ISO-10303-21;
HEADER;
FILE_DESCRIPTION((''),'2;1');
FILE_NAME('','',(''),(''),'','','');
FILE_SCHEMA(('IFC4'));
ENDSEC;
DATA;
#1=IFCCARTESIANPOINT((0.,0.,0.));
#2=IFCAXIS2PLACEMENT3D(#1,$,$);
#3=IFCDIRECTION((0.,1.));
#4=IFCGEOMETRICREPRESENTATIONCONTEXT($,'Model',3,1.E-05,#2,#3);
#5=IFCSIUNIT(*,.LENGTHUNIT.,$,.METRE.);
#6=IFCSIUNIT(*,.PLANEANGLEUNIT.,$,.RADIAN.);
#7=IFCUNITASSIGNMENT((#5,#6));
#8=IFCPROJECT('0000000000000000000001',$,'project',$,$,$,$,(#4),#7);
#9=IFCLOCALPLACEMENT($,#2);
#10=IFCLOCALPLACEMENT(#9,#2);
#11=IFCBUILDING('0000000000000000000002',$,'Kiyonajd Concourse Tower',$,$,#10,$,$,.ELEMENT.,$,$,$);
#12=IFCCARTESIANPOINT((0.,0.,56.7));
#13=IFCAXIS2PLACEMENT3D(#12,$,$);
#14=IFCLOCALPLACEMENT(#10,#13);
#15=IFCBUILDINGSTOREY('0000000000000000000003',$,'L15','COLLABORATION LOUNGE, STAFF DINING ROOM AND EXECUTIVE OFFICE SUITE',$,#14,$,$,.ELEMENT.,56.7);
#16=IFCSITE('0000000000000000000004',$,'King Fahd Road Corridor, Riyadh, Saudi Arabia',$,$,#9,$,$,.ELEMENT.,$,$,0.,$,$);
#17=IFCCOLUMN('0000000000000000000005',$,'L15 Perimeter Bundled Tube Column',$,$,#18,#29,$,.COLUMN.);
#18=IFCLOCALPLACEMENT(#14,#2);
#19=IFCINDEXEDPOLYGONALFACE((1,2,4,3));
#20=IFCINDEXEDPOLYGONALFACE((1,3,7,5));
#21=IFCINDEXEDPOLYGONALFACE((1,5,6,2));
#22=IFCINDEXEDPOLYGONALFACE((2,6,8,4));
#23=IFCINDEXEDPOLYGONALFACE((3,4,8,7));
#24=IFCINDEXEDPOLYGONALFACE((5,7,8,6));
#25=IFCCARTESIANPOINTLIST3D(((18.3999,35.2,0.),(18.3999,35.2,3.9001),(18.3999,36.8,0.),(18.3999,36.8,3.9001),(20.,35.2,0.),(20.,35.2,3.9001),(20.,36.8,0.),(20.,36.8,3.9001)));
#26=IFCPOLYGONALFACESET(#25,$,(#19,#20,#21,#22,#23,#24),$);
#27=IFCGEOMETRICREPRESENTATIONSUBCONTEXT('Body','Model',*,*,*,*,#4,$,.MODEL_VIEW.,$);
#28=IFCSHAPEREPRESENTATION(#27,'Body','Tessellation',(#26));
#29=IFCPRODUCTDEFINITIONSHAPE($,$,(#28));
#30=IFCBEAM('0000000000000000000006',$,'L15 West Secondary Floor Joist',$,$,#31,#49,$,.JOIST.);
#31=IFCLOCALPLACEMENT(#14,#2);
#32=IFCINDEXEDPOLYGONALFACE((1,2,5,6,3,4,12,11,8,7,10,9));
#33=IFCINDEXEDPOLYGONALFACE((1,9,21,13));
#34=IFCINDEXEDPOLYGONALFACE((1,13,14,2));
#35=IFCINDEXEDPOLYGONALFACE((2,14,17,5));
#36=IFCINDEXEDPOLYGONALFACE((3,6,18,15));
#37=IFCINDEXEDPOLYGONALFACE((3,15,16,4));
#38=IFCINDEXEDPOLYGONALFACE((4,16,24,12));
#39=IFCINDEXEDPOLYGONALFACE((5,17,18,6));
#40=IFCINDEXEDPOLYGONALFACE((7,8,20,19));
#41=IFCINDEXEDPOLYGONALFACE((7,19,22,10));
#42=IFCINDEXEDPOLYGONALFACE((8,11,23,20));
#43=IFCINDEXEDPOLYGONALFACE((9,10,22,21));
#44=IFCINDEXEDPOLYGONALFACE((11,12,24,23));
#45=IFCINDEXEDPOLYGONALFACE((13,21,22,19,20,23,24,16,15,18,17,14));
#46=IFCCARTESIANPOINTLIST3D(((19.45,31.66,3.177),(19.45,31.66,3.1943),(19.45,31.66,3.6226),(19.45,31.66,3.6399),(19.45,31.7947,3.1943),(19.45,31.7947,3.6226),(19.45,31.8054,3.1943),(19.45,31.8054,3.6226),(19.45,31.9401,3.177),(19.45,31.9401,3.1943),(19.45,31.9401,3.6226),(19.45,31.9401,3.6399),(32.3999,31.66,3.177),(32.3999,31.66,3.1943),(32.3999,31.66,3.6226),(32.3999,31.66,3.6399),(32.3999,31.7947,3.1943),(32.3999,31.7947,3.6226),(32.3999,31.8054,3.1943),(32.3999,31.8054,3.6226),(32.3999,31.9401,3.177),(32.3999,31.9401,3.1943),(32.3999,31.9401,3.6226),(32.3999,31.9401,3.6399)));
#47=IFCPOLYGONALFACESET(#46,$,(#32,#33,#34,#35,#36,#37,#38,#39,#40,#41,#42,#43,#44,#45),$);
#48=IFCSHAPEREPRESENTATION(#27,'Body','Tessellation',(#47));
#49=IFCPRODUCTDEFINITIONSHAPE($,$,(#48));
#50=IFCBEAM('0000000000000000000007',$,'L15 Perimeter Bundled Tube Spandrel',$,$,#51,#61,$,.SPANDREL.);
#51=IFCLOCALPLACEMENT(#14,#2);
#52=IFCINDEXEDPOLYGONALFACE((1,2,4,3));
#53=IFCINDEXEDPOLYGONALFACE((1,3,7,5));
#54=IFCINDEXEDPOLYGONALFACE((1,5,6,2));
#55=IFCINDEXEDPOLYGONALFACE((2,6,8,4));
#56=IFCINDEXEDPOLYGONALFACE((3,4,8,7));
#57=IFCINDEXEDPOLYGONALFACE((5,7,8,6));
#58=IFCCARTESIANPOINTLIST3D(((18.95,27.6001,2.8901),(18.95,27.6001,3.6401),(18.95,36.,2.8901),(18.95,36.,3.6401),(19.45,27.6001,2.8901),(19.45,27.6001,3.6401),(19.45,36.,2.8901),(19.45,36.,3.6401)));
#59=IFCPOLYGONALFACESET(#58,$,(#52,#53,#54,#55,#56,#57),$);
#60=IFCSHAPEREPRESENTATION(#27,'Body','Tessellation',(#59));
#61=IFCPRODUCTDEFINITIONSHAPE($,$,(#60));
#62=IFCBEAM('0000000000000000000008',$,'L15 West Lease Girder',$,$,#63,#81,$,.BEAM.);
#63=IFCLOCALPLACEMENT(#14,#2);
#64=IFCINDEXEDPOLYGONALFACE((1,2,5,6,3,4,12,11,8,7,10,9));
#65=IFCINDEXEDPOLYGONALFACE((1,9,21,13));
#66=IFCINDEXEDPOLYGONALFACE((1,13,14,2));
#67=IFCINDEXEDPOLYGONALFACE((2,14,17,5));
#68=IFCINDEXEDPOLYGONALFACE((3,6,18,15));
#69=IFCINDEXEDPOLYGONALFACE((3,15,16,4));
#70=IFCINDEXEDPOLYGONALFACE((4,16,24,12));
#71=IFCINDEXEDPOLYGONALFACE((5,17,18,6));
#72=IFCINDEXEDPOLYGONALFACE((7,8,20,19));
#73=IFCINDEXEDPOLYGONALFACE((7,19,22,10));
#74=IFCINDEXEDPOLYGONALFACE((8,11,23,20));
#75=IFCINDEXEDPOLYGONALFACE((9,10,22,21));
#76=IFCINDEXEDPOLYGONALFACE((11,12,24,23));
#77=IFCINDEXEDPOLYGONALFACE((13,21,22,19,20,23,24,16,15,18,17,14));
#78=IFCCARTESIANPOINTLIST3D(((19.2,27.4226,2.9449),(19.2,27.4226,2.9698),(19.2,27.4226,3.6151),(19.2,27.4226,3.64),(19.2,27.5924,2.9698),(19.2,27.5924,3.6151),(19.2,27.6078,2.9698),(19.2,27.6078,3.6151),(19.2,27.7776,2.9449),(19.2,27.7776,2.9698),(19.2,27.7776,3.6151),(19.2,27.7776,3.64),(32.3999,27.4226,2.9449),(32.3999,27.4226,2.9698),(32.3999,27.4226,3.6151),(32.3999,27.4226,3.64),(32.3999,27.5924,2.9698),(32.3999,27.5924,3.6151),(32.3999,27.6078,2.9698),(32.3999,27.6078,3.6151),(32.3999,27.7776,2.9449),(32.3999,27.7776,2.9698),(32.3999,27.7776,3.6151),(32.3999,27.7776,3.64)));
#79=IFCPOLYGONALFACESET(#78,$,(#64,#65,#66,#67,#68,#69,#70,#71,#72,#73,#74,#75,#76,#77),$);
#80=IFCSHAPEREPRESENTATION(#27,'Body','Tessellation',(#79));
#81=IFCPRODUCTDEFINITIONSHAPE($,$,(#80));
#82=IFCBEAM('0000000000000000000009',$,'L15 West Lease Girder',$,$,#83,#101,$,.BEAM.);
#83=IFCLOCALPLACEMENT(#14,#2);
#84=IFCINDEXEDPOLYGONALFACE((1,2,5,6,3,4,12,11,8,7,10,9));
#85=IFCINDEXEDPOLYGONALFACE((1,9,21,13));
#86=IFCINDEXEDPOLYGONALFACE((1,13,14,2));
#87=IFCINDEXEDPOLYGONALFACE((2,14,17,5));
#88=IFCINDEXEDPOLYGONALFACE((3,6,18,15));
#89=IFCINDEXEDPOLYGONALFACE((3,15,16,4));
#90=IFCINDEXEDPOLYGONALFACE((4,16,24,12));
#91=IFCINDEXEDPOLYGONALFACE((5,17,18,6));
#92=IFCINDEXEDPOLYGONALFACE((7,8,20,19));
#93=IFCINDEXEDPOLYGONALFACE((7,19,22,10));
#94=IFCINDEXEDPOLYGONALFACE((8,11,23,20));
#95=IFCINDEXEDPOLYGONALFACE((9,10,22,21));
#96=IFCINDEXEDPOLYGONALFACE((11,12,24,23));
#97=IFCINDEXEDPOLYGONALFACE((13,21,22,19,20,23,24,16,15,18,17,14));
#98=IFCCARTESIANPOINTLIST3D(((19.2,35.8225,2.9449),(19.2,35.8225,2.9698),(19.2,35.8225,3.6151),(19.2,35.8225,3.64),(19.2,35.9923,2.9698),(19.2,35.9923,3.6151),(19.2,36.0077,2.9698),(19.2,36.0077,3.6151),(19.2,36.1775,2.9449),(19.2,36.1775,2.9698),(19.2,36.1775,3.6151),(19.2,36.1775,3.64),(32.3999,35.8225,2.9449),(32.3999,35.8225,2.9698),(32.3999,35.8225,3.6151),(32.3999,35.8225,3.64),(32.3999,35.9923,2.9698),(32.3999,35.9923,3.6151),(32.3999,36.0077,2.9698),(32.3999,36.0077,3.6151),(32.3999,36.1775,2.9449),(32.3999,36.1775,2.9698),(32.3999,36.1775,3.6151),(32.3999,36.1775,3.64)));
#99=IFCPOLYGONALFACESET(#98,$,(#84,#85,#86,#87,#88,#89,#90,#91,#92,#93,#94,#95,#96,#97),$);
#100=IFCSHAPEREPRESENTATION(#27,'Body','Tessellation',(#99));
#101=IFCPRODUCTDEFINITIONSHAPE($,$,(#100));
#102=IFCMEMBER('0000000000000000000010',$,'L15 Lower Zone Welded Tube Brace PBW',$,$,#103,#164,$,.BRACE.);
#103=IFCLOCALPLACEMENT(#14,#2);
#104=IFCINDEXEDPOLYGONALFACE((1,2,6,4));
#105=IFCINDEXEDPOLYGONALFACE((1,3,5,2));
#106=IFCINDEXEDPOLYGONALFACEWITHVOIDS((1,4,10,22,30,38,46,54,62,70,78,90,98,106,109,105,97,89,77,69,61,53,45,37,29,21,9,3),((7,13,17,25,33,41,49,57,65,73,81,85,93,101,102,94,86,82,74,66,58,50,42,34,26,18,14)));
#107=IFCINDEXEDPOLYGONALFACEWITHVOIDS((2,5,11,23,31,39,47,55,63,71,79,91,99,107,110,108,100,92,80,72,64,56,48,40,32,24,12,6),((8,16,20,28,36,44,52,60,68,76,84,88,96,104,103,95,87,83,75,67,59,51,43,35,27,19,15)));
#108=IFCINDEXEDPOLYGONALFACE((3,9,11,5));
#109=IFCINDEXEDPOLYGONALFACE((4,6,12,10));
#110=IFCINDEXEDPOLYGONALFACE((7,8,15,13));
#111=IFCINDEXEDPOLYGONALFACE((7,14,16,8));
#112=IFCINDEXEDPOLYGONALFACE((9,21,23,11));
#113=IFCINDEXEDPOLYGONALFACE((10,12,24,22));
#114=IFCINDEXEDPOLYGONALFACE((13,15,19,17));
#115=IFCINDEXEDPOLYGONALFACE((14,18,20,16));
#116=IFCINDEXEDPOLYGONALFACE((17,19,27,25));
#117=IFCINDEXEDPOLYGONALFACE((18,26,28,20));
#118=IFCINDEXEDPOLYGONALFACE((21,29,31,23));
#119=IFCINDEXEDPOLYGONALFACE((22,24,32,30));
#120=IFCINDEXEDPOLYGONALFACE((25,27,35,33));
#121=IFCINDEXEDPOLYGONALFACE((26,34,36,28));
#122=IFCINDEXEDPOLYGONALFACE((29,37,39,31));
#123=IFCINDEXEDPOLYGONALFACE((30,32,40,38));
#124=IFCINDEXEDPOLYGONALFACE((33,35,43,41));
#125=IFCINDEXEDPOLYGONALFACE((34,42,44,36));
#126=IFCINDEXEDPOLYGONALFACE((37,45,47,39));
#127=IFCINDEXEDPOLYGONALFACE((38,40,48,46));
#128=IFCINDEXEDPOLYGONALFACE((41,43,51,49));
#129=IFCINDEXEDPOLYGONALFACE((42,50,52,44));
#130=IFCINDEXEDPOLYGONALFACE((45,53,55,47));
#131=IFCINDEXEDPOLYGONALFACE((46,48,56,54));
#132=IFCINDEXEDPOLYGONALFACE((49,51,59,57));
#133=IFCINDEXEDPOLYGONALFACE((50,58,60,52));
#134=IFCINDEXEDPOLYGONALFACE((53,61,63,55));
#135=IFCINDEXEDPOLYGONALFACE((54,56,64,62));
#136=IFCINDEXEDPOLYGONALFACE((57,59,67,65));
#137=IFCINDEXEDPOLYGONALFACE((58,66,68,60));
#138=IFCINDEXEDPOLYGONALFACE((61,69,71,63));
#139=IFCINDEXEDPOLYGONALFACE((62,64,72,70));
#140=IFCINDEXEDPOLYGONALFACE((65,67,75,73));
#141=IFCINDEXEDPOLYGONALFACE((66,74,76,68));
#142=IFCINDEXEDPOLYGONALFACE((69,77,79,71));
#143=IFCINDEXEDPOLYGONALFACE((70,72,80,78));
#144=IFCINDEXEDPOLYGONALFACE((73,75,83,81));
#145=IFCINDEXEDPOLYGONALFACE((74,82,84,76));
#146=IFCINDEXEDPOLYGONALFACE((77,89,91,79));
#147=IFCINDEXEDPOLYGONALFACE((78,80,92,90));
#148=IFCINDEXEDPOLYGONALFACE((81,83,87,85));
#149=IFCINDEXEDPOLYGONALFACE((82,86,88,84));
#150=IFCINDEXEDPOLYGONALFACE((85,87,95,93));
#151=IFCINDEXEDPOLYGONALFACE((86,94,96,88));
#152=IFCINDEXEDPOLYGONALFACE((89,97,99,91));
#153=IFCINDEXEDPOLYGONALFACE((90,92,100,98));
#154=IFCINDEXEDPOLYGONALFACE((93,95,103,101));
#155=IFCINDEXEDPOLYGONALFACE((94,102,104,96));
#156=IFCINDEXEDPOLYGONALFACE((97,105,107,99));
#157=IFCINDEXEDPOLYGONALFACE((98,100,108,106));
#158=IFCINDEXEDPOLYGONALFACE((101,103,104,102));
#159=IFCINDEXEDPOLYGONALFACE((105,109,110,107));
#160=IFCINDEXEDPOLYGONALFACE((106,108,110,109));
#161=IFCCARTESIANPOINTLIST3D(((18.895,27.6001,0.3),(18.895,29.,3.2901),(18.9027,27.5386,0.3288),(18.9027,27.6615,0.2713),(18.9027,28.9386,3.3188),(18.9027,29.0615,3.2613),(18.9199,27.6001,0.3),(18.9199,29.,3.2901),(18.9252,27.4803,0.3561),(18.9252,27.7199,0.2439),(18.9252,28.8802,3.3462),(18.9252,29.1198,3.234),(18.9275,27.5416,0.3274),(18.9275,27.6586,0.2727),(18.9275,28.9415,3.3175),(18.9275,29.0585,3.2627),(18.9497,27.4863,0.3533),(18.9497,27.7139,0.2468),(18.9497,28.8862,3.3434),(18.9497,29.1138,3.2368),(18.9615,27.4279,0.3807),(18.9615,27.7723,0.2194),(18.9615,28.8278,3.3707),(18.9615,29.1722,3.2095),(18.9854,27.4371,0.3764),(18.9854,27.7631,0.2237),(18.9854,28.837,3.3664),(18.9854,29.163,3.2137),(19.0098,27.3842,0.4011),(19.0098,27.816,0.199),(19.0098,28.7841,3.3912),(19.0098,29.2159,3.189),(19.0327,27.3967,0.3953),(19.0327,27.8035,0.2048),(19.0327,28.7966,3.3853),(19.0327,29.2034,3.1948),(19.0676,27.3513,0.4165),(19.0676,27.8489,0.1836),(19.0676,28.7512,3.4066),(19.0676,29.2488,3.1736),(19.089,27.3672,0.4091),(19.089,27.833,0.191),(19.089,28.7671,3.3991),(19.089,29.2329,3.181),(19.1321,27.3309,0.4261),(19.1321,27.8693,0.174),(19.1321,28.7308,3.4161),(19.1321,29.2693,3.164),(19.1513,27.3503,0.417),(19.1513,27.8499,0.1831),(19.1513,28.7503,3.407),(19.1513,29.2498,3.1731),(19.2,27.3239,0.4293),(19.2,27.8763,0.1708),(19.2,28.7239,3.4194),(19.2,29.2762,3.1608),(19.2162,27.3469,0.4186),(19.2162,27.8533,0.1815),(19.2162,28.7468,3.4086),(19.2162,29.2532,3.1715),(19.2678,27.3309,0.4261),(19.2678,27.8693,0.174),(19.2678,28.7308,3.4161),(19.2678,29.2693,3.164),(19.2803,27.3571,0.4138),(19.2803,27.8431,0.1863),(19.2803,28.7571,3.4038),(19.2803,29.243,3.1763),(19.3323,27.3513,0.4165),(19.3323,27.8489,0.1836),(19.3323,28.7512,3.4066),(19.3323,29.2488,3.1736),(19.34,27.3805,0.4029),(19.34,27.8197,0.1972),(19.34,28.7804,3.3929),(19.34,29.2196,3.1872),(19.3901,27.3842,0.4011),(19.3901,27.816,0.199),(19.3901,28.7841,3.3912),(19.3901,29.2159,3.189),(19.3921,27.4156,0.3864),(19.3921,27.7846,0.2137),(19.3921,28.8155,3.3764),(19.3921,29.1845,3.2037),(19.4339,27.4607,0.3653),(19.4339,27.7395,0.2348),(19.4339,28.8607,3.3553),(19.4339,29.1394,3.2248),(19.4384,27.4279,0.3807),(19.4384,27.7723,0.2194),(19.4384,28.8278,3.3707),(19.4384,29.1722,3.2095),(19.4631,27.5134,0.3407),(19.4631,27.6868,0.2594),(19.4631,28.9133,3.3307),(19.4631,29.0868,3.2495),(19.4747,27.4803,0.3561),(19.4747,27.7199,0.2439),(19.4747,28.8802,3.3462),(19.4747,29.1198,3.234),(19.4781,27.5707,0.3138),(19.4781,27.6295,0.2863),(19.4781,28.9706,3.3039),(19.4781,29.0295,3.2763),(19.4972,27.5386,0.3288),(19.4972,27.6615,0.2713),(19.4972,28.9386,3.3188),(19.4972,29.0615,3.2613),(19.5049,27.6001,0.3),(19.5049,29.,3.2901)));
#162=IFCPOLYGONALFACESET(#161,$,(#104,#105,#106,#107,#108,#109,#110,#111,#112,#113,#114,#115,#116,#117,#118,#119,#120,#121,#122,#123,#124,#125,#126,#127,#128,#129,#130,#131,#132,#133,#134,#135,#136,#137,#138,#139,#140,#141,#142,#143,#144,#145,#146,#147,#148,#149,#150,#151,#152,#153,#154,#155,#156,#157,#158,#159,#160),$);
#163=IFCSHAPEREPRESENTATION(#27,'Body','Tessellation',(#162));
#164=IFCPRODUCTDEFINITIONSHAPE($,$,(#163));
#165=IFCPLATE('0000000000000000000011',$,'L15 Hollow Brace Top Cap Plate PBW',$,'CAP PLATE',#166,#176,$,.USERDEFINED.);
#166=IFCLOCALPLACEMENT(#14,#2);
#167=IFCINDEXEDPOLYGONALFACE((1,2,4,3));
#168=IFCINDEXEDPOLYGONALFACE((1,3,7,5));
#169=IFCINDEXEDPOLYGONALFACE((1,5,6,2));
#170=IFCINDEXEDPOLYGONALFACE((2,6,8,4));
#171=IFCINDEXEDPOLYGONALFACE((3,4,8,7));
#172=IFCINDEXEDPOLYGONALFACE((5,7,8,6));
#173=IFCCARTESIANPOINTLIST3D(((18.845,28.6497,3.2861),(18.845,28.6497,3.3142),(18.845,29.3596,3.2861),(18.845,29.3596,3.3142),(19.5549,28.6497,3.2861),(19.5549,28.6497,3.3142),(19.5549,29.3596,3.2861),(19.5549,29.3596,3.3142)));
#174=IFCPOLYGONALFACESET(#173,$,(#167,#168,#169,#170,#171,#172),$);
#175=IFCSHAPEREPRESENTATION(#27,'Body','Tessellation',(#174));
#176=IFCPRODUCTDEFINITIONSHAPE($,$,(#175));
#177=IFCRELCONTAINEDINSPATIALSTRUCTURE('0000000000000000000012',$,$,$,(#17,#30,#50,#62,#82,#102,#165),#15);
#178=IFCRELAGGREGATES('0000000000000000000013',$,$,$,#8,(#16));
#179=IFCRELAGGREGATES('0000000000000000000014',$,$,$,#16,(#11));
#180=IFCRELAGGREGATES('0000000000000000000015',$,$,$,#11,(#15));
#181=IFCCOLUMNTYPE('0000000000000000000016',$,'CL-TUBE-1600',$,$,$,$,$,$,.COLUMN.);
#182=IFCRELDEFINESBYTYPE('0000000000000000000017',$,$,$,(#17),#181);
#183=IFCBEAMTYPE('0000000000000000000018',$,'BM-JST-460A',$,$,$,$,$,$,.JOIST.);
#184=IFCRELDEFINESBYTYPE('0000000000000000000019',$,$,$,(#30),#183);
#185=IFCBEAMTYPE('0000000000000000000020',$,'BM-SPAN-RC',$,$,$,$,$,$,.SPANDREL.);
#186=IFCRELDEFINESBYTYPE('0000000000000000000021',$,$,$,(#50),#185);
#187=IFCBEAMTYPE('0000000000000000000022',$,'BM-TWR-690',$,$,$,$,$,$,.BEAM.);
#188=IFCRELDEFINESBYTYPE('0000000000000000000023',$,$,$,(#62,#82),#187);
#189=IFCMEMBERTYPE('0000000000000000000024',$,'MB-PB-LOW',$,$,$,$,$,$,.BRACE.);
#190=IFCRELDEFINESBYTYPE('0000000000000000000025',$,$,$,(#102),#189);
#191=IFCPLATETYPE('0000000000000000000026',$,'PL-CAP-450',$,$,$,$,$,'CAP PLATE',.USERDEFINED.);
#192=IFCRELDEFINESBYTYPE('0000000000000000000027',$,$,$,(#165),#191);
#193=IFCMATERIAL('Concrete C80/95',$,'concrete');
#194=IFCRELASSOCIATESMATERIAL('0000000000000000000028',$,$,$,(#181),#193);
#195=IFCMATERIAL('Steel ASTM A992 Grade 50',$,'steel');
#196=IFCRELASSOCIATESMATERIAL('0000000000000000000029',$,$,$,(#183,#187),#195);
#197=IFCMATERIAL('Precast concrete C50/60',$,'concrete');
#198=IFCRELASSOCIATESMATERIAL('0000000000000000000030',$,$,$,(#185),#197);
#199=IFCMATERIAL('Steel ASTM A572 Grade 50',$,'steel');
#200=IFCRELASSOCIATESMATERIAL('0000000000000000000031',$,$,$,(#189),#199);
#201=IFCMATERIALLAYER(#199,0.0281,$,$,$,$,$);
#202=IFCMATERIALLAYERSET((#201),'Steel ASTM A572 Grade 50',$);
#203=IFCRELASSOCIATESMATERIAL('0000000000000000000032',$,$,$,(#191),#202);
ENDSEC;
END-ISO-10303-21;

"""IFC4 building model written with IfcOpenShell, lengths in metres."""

from ifc_helpers import new_model, si_unit, direction, frame, origin, origin_2d, place, context, subcontext, project, spatial, rectangle, hollow_circle, i_section, extrude, material, layer, layer_set, material_profile, profile_set, type_object, element, save


model = new_model("IFC4")

# Units and contexts
model_context = context("Model", 3, precision=1e-05, world=origin(), true_north=direction((0.0, 1.0)))
body_context = subcontext(model_context, "Body", "Model", "MODEL_VIEW")
ifc_project = project(units=[si_unit("LENGTHUNIT", "METRE"), si_unit("PLANEANGLEUNIT", "RADIAN")], contexts=[model_context])

# Site, building, storey
site_placement = place(None, origin())
site = spatial("IfcSite", under=ifc_project, at=site_placement, Name="King Fahd Road Corridor, Riyadh, Saudi Arabia", CompositionType="ELEMENT", RefElevation=0.0)
building_placement = place(site_placement, origin())
building = spatial("IfcBuilding", under=site, at=building_placement, Name="Kiyonajd Concourse Tower", CompositionType="ELEMENT")
storey_placement = place(building_placement, frame((0.0, 0.0, 56.7)))
storey = spatial("IfcBuildingStorey", under=building, at=storey_placement, Name="L15", Description="COLLABORATION LOUNGE, STAFF DINING ROOM AND EXECUTIVE OFFICE SUITE", CompositionType="ELEMENT", Elevation=56.7)

# Column
ifc_material_1 = material(Name="Concrete C80/95", Category="concrete")
ifc_material_profile_1 = material_profile(ifc_material_1, rectangle(XDim=1.6001, YDim=1.6001, at=origin_2d()), Name="RC-1600x1600")
ifc_profile_set_1 = profile_set([ifc_material_profile_1], Name="Concrete C80/95")
column_type = type_object("IfcColumnType", Name="CL-TUBE-1600", PredefinedType="COLUMN", material=ifc_profile_set_1)
column_placement = place(storey_placement, frame((19.2, 36.0, 0.0), z_axis=(0.0, 0.0, 1.0), x_axis=(1.0, 0.0, 0.0)))
element("IfcColumn", 1, at=column_placement, inside=storey, type_object=column_type, Name="L15 Perimeter Bundled Tube Column", PredefinedType="COLUMN", context=body_context, shape_type="SweptSolid", body=[
    extrude(rectangle(XDim=1.6001, YDim=1.6001, at=origin_2d()), origin(), (0.0, 0.0, 1.0), 3.9001),
])

# Beams
ifc_material_2 = material(Name="Steel ASTM A992 Grade 50", Category="steel")
ifc_material_profile_2 = material_profile(ifc_material_2, i_section(OverallWidth=0.28, OverallDepth=0.4629, WebThickness=0.0107, FlangeThickness=0.0173, at=origin_2d()), Name="W460X113")
ifc_profile_set_2 = profile_set([ifc_material_profile_2], Name="Steel ASTM A992 Grade 50")
beam_type_1 = type_object("IfcBeamType", Name="BM-JST-460A", PredefinedType="JOIST", material=ifc_profile_set_2)
beam_1_placement = place(storey_placement, frame((19.45, 31.8, 3.4084), z_axis=(1.0, 0.0, 0.0), x_axis=(0.0, 1.0, 0.0)))
element("IfcBeam", 2, at=beam_1_placement, inside=storey, type_object=beam_type_1, Name="L15 West Secondary Floor Joist", PredefinedType="JOIST", context=body_context, shape_type="SweptSolid", body=[
    extrude(i_section(OverallWidth=0.28, OverallDepth=0.4629, WebThickness=0.0107, FlangeThickness=0.0173, at=origin_2d()), origin(), (0.0, 0.0, 1.0), 12.95),
])
ifc_material_3 = material(Name="Precast concrete C50/60", Category="concrete")
ifc_material_profile_3 = material_profile(ifc_material_3, rectangle(XDim=0.5, YDim=0.75, at=origin_2d()), Name="RCBM-500x750")
ifc_profile_set_3 = profile_set([ifc_material_profile_3], Name="Precast concrete C50/60")
beam_type_2 = type_object("IfcBeamType", Name="BM-SPAN-RC", PredefinedType="SPANDREL", material=ifc_profile_set_3)
beam_2_placement = place(storey_placement, frame((19.2, 36.0, 3.2651), z_axis=(0.0, -1.0, 0.0), x_axis=(1.0, 0.0, 0.0)))
element("IfcBeam", 3, at=beam_2_placement, inside=storey, type_object=beam_type_2, Name="L15 Perimeter Bundled Tube Spandrel", PredefinedType="SPANDREL", context=body_context, shape_type="SweptSolid", body=[
    extrude(rectangle(XDim=0.5, YDim=0.75, at=origin_2d()), origin(), (0.0, 0.0, 1.0), 8.3999),
])
ifc_material_profile_4 = material_profile(ifc_material_2, i_section(OverallWidth=0.355, OverallDepth=0.6951, WebThickness=0.0154, FlangeThickness=0.0249, at=origin_2d()), Name="W690X217")
ifc_profile_set_4 = profile_set([ifc_material_profile_4], Name="Steel ASTM A992 Grade 50")
beam_type_3 = type_object("IfcBeamType", Name="BM-TWR-690", PredefinedType="BEAM", material=ifc_profile_set_4)
for number, where, z_axis, x_axis, name in (
    (4, (19.2, 27.6001, 3.2925), (1.0, 0.0, 0.0), (0.0, 1.0, 0.0), "L15 West Lease Girder"),
    (5, (19.2, 36.0, 3.2925), (1.0, 0.0, 0.0), (0.0, 1.0, 0.0), "L15 West Lease Girder"),
):
    element("IfcBeam", number, at=place(storey_placement, frame(where, z_axis=z_axis, x_axis=x_axis)), inside=storey, type_object=beam_type_3, Name=name, PredefinedType="BEAM", context=body_context, shape_type="SweptSolid", body=[
        extrude(i_section(OverallWidth=0.355, OverallDepth=0.6951, WebThickness=0.0154, FlangeThickness=0.0249, at=origin_2d()), origin(), (0.0, 0.0, 1.0), 13.2),
    ])

# Member
ifc_material_4 = material(Name="Steel ASTM A572 Grade 50", Category="steel")
ifc_material_profile_5 = material_profile(ifc_material_4, hollow_circle(Radius=0.3049, WallThickness=0.0249, at=origin_2d()), Name="CHS-610x25")
ifc_profile_set_5 = profile_set([ifc_material_profile_5], Name="Steel ASTM A572 Grade 50")
member_type = type_object("IfcMemberType", Name="MB-PB-LOW", PredefinedType="BRACE", material=ifc_profile_set_5)
member_placement = place(storey_placement, frame((19.2, 27.6001, 0.3), z_axis=(0.0, 0.424023, 0.905652), x_axis=(-1.0, 0.0, 0.0)))
element("IfcMember", 6, at=member_placement, inside=storey, type_object=member_type, Name="L15 Lower Zone Welded Tube Brace PBW", PredefinedType="BRACE", context=body_context, shape_type="SweptSolid", body=[
    extrude(hollow_circle(Radius=0.3049, WallThickness=0.0249, at=origin_2d()), origin(), (0.0, 0.0, 1.0), 3.3015),
])

# Plate
ifc_layer_1 = layer(ifc_material_4, 0.0281)
ifc_layer_set_1 = layer_set([ifc_layer_1], Name="Steel ASTM A572 Grade 50")
plate_type_1 = type_object("IfcPlateType", Name="PL-CAP-450", ElementType="CAP PLATE", PredefinedType="USERDEFINED", material=ifc_layer_set_1)
plate_placement = place(storey_placement, frame((19.2, 29.0046, 3.2861), z_axis=(0.0, 0.0, 1.0), x_axis=(1.0, 0.0, 0.0)))
element("IfcPlate", 7, at=plate_placement, inside=storey, type_object=plate_type_1, Name="L15 Hollow Brace Top Cap Plate PBW", ObjectType="CAP PLATE", PredefinedType="USERDEFINED", context=body_context, shape_type="SweptSolid", body=[
    extrude(rectangle(XDim=0.71, YDim=0.71, at=origin_2d()), origin(), (0.0, 0.0, 1.0), 0.0281),
])

save(model, "model.ifc")
